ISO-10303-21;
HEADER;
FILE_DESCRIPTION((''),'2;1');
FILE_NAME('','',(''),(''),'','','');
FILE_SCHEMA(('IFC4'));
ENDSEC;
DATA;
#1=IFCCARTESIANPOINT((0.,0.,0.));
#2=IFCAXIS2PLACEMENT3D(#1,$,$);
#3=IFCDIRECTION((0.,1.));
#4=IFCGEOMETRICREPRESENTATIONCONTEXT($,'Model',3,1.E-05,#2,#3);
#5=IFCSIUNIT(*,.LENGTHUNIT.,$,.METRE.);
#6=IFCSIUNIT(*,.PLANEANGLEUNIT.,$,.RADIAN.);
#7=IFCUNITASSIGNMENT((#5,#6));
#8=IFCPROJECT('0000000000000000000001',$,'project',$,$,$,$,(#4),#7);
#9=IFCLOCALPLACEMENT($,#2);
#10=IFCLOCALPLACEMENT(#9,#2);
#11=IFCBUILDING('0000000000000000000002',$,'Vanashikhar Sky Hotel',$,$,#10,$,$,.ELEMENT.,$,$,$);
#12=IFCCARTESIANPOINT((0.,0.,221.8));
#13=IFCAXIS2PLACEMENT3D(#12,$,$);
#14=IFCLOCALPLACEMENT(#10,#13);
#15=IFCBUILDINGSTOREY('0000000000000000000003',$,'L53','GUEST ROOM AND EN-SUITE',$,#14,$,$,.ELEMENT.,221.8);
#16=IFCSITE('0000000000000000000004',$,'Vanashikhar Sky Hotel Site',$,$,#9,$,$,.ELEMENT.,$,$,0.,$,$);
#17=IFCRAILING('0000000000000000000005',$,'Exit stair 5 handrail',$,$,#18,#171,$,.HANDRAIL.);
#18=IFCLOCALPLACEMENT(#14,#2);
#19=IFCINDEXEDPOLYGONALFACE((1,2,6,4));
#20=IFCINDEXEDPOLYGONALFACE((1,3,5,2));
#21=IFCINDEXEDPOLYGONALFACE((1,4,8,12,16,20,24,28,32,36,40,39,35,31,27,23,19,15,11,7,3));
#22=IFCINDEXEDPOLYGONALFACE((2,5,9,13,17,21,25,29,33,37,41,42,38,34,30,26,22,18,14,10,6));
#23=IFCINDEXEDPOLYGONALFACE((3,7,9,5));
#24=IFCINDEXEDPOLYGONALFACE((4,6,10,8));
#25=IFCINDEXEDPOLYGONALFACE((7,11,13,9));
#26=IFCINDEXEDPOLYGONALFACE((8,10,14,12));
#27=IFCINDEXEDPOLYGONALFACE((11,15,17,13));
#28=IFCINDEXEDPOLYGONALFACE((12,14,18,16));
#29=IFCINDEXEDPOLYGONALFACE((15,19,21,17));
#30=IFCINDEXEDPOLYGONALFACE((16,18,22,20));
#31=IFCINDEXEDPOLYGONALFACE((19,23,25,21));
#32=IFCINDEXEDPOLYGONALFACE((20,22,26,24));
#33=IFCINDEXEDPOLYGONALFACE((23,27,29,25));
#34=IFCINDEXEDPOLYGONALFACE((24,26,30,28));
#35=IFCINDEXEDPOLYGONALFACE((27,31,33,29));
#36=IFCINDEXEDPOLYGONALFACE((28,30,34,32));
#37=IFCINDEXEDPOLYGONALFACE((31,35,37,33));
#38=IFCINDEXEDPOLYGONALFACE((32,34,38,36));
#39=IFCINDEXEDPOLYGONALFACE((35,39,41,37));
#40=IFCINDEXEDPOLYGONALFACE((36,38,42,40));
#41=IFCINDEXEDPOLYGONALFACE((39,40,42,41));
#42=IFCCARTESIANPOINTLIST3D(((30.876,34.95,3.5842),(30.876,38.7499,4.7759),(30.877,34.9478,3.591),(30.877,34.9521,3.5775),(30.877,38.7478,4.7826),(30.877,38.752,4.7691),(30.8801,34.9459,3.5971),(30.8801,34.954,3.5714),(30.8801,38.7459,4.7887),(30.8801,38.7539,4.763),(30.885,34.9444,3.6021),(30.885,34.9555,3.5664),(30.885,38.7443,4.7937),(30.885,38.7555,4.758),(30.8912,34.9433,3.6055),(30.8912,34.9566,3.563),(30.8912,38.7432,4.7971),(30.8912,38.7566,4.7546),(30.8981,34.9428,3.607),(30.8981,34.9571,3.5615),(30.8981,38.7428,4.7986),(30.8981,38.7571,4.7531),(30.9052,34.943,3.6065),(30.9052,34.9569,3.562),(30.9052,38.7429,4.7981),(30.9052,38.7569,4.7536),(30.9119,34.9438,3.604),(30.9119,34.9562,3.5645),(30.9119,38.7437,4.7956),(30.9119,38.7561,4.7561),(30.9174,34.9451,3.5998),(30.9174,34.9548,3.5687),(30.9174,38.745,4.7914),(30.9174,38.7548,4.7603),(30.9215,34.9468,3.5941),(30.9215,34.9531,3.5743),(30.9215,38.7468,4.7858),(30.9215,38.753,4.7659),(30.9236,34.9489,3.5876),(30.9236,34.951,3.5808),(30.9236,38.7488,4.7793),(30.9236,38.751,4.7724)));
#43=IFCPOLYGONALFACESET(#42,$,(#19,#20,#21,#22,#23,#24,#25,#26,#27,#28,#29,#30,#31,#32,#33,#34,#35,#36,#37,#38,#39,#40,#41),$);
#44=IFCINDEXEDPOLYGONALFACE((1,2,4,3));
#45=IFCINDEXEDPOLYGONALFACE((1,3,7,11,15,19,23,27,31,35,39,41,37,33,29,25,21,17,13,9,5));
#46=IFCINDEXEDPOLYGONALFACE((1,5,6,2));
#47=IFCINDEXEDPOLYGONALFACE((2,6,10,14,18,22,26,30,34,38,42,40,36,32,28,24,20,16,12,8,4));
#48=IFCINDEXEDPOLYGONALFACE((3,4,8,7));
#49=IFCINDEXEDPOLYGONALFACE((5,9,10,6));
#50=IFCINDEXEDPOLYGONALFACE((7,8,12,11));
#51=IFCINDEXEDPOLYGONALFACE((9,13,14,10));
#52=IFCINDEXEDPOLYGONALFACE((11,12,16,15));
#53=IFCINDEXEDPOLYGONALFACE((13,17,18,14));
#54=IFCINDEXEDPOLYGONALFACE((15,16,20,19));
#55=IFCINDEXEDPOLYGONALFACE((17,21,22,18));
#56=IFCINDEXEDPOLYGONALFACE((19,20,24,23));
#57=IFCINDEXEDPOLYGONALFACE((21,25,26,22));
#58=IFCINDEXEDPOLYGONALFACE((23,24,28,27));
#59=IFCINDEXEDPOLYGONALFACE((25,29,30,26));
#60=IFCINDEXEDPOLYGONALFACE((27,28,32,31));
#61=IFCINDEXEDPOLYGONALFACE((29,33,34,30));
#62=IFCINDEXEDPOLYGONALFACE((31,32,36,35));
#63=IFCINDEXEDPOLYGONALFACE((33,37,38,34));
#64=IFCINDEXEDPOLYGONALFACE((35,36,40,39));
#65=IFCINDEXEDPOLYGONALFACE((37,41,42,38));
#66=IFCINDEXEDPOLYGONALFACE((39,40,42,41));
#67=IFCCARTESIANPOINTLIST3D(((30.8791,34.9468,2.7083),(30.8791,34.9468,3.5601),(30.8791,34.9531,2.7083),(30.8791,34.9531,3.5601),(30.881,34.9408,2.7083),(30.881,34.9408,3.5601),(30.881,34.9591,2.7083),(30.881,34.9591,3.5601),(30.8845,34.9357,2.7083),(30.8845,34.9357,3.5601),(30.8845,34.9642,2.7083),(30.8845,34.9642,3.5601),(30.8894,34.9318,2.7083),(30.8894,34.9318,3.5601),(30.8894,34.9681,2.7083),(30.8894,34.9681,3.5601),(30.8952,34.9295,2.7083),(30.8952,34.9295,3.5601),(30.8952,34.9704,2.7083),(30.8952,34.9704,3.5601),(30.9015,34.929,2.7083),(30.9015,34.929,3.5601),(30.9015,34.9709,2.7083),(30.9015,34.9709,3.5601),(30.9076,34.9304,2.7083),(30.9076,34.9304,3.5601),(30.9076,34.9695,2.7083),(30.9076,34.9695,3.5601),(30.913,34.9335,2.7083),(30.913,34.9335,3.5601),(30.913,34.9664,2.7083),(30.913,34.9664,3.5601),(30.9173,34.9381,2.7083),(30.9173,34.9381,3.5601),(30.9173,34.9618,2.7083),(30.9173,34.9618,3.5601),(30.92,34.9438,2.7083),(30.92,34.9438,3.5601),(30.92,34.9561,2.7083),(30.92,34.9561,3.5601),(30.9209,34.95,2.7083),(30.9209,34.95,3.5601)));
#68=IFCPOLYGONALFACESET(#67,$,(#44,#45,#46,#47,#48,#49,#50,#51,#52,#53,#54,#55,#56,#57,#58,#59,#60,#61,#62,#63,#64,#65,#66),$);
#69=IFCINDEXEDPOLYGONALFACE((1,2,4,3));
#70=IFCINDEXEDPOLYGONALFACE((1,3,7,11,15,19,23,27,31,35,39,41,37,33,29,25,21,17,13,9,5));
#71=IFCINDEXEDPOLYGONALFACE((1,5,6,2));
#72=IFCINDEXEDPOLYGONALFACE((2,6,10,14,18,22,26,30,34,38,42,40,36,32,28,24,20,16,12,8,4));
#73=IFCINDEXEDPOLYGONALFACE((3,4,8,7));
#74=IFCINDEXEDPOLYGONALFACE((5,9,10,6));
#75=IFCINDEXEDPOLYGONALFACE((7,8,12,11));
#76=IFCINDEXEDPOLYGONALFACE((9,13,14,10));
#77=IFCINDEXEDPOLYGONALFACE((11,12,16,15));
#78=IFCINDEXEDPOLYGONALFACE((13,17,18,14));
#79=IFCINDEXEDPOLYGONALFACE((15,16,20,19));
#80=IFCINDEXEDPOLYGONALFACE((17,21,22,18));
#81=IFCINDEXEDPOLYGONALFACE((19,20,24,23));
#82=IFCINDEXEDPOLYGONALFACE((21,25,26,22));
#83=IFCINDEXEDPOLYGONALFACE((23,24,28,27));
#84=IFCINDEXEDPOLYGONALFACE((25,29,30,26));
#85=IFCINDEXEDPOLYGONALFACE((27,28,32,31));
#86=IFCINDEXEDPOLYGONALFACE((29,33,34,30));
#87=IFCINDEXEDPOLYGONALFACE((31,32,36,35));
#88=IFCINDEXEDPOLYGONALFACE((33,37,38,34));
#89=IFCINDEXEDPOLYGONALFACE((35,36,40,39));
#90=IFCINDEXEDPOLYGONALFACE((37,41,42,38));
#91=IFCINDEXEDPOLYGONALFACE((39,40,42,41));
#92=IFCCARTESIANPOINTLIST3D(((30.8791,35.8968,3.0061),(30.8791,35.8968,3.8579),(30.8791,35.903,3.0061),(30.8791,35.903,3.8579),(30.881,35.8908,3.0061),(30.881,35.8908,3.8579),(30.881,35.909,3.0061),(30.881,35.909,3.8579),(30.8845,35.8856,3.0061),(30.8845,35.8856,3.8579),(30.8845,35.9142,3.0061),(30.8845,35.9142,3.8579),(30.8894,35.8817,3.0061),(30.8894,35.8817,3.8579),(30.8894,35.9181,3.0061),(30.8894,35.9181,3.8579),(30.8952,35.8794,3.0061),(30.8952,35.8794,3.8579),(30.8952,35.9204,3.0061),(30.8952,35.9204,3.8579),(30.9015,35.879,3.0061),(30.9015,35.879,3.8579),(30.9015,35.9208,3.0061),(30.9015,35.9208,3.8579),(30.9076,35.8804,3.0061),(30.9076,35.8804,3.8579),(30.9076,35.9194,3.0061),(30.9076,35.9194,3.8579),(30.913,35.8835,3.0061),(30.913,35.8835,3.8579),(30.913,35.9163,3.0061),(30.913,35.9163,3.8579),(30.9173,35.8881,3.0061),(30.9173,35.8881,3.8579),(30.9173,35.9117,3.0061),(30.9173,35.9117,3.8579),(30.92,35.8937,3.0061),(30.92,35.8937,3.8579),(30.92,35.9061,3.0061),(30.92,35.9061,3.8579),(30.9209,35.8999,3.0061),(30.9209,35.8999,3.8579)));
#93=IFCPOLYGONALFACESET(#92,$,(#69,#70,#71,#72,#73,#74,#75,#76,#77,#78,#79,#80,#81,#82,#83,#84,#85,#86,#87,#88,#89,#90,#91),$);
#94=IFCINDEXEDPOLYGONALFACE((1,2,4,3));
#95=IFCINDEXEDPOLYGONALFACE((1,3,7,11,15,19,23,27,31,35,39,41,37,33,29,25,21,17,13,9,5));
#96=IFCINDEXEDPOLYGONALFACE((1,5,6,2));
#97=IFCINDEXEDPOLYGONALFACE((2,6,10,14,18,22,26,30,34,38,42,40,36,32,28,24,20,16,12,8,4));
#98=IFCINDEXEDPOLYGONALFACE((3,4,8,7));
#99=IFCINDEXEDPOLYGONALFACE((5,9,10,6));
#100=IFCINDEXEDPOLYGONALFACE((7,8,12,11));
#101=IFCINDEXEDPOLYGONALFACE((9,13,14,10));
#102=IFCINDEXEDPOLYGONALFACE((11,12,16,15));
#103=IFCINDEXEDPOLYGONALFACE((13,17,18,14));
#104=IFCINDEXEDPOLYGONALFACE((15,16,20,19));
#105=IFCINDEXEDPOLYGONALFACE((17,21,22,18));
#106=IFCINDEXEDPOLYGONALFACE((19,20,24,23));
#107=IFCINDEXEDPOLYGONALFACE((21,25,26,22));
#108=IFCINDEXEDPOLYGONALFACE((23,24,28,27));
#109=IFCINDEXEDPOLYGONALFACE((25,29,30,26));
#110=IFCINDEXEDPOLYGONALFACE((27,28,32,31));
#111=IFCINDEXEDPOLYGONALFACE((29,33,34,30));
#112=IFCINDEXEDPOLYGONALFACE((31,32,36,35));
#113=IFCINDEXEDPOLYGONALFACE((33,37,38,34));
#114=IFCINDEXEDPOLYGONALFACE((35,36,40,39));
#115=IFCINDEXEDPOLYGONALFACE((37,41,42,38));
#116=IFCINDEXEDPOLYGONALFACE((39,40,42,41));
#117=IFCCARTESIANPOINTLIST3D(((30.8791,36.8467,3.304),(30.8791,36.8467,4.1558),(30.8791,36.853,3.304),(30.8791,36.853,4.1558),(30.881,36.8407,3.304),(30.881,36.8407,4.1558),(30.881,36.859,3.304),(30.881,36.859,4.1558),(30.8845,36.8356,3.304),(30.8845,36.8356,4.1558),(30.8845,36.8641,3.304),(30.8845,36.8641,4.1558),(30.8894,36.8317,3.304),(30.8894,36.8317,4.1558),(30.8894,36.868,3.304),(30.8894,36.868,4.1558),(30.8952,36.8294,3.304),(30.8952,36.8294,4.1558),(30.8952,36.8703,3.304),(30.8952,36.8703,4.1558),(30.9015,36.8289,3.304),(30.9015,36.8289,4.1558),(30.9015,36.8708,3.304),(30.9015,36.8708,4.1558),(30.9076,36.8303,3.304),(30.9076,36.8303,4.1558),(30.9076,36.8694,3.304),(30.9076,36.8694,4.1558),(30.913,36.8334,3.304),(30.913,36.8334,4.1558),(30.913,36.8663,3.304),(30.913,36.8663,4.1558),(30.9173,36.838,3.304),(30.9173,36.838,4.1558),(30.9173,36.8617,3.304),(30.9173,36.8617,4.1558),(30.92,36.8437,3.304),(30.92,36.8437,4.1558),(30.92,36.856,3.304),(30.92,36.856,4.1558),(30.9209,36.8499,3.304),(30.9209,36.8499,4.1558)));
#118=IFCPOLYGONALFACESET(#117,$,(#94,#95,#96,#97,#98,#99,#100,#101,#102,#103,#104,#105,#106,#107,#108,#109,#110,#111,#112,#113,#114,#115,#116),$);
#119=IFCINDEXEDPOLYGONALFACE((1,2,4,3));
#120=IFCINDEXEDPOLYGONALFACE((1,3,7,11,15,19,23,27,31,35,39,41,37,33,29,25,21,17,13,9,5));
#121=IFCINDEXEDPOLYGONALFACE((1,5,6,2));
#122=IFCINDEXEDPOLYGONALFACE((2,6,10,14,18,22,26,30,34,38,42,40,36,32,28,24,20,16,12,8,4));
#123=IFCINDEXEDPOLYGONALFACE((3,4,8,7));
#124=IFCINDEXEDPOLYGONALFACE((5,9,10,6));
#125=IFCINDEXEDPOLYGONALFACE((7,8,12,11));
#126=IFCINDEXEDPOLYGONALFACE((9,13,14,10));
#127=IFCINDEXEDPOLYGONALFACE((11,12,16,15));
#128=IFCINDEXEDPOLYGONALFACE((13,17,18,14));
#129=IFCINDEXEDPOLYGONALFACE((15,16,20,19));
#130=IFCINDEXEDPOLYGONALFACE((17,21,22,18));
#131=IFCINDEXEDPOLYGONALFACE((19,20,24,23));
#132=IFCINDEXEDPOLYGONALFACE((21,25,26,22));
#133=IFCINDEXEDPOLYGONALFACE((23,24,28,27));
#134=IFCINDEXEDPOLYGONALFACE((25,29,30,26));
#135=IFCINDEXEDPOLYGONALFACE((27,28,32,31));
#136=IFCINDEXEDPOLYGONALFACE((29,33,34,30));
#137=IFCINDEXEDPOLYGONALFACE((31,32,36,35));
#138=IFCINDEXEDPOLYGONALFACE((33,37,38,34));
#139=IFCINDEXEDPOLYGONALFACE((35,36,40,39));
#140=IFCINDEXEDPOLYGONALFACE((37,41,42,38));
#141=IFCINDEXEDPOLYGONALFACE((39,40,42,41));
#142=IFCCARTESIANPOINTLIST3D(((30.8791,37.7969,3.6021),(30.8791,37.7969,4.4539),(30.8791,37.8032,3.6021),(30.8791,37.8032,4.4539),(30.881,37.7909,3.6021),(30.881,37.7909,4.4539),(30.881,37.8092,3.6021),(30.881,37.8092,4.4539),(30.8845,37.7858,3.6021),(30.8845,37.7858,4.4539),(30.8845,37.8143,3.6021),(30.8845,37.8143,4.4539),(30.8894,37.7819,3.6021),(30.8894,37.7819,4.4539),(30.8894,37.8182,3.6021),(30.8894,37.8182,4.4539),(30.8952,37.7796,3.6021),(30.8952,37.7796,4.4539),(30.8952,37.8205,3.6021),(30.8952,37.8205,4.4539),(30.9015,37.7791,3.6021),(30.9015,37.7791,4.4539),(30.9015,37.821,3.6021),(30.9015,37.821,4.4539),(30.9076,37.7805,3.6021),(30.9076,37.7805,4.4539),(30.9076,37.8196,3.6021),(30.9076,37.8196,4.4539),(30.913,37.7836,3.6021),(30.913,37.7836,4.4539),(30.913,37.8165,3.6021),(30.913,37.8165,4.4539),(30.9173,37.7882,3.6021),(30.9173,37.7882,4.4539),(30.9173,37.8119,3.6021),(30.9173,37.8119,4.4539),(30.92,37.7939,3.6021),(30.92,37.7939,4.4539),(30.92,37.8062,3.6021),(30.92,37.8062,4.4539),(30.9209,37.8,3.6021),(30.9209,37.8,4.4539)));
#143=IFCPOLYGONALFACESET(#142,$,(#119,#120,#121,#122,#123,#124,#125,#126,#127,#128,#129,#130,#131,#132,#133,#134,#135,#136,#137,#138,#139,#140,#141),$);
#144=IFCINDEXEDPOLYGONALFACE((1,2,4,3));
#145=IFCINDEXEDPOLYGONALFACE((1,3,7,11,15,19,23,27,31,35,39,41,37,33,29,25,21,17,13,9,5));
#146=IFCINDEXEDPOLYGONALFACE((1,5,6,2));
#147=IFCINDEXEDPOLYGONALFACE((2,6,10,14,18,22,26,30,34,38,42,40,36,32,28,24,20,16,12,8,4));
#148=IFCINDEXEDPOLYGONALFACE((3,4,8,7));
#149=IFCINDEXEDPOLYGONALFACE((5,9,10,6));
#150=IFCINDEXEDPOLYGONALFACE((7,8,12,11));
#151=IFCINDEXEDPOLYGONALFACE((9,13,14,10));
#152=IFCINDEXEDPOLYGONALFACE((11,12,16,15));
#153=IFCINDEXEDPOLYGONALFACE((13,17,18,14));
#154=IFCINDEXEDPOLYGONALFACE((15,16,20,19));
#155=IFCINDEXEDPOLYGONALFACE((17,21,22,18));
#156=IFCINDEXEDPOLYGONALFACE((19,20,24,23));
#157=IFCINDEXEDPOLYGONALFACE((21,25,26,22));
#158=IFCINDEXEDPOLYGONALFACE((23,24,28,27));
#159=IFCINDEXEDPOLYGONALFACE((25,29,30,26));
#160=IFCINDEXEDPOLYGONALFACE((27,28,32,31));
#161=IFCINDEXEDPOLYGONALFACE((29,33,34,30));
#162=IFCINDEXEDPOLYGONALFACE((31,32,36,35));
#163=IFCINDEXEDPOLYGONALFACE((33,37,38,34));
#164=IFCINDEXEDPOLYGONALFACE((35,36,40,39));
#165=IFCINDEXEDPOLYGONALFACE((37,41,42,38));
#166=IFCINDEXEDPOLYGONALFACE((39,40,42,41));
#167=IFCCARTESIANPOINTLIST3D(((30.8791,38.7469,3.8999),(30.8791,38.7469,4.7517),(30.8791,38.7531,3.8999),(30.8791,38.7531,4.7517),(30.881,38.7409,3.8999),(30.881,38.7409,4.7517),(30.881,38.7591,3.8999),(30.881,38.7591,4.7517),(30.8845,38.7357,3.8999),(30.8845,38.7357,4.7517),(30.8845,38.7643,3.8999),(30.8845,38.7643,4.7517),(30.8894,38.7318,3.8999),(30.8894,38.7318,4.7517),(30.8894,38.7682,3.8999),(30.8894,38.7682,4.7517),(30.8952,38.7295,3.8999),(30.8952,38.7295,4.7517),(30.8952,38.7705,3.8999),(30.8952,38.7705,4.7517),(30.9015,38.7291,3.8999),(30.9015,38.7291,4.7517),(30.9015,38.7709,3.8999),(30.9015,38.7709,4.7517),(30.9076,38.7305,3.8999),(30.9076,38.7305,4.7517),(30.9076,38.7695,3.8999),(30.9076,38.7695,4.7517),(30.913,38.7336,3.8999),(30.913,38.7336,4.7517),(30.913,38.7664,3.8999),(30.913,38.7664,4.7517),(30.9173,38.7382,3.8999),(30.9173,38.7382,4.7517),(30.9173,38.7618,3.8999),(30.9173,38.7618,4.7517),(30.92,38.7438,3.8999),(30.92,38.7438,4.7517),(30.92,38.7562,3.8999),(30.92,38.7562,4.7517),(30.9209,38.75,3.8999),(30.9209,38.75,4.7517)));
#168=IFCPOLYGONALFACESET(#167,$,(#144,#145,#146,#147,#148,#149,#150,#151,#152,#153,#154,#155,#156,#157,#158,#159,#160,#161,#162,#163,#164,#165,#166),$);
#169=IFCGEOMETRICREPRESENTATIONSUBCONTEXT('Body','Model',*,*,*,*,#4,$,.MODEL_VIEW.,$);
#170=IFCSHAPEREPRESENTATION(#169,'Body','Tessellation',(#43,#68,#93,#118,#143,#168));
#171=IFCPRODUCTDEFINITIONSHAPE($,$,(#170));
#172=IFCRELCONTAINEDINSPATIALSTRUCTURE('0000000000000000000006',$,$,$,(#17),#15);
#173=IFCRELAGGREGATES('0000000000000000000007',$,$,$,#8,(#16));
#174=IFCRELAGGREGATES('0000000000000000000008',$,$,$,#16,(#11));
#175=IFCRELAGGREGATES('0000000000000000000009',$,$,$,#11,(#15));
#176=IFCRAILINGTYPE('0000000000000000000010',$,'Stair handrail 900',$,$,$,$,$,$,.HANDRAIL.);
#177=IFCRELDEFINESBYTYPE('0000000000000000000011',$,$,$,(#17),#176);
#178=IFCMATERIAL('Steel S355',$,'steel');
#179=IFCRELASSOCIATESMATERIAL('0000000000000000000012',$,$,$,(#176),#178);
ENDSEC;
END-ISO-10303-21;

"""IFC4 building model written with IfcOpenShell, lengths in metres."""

from ifc_helpers import new_model, si_unit, direction, frame, origin, origin_2d, place, context, subcontext, project, spatial, circle, extrude, source, transform, mapped, material, type_object, element, save


model = new_model("IFC4")

# Units and contexts
model_context = context("Model", 3, precision=1e-05, world=origin(), true_north=direction((0.0, 1.0)))
body_context = subcontext(model_context, "Body", "Model", "MODEL_VIEW")
ifc_project = project(units=[si_unit("LENGTHUNIT", "METRE"), si_unit("PLANEANGLEUNIT", "RADIAN")], contexts=[model_context])

# Site, building, storey
site_placement = place(None, origin())
site = spatial("IfcSite", under=ifc_project, at=site_placement, Name="Vanashikhar Sky Hotel Site", CompositionType="ELEMENT", RefElevation=0.0)
building_placement = place(site_placement, origin())
building = spatial("IfcBuilding", under=site, at=building_placement, Name="Vanashikhar Sky Hotel", CompositionType="ELEMENT")
storey_placement = place(building_placement, frame((0.0, 0.0, 221.8)))
storey = spatial("IfcBuildingStorey", under=building, at=storey_placement, Name="L53", Description="GUEST ROOM AND EN-SUITE", CompositionType="ELEMENT", Elevation=221.8)

# Railing
ifc_material_1 = material(Name="Steel S355", Category="steel")
railing_type_1 = type_object("IfcRailingType", Name="Stair handrail 900", PredefinedType="HANDRAIL", material=ifc_material_1)
shared_shape_1 = source(origin(), body_context, "Body", "SweptSolid", [
    extrude(circle(Radius=0.0239, at=origin_2d()), frame((0.0, 0.0, 0.876), z_axis=(0.0, 0.954184, 0.299221), x_axis=(-1.0, 0.0, 0.0)), (0.0, 0.0, 1.0), 3.9824),
    extrude(circle(Radius=0.021, at=origin_2d()), origin(), (0.0, 0.0, 1.0), 0.8518),
    extrude(circle(Radius=0.021, at=origin_2d()), frame((0.0, 0.95, 0.2979)), (0.0, 0.0, 1.0), 0.8518),
    extrude(circle(Radius=0.021, at=origin_2d()), frame((0.0, 1.8999, 0.5957)), (0.0, 0.0, 1.0), 0.8518),
    extrude(circle(Radius=0.021, at=origin_2d()), frame((0.0, 2.8501, 0.8938)), (0.0, 0.0, 1.0), 0.8518),
    extrude(circle(Radius=0.021, at=origin_2d()), frame((0.0, 3.8, 1.1917)), (0.0, 0.0, 1.0), 0.8518),
])
for number, where, name in (
    (1, (30.8999, 34.95, 2.7083), "Exit stair 5 handrail"),
):
    element("IfcRailing", number, at=place(storey_placement, frame(where)), inside=storey, type_object=railing_type_1, Name=name, PredefinedType="HANDRAIL", context=body_context, shape_type="MappedRepresentation", body=[
        mapped(shared_shape_1, transform((0.0, 0.0, 0.0), scale=1.0)),
    ])

save(model, "model.ifc")
